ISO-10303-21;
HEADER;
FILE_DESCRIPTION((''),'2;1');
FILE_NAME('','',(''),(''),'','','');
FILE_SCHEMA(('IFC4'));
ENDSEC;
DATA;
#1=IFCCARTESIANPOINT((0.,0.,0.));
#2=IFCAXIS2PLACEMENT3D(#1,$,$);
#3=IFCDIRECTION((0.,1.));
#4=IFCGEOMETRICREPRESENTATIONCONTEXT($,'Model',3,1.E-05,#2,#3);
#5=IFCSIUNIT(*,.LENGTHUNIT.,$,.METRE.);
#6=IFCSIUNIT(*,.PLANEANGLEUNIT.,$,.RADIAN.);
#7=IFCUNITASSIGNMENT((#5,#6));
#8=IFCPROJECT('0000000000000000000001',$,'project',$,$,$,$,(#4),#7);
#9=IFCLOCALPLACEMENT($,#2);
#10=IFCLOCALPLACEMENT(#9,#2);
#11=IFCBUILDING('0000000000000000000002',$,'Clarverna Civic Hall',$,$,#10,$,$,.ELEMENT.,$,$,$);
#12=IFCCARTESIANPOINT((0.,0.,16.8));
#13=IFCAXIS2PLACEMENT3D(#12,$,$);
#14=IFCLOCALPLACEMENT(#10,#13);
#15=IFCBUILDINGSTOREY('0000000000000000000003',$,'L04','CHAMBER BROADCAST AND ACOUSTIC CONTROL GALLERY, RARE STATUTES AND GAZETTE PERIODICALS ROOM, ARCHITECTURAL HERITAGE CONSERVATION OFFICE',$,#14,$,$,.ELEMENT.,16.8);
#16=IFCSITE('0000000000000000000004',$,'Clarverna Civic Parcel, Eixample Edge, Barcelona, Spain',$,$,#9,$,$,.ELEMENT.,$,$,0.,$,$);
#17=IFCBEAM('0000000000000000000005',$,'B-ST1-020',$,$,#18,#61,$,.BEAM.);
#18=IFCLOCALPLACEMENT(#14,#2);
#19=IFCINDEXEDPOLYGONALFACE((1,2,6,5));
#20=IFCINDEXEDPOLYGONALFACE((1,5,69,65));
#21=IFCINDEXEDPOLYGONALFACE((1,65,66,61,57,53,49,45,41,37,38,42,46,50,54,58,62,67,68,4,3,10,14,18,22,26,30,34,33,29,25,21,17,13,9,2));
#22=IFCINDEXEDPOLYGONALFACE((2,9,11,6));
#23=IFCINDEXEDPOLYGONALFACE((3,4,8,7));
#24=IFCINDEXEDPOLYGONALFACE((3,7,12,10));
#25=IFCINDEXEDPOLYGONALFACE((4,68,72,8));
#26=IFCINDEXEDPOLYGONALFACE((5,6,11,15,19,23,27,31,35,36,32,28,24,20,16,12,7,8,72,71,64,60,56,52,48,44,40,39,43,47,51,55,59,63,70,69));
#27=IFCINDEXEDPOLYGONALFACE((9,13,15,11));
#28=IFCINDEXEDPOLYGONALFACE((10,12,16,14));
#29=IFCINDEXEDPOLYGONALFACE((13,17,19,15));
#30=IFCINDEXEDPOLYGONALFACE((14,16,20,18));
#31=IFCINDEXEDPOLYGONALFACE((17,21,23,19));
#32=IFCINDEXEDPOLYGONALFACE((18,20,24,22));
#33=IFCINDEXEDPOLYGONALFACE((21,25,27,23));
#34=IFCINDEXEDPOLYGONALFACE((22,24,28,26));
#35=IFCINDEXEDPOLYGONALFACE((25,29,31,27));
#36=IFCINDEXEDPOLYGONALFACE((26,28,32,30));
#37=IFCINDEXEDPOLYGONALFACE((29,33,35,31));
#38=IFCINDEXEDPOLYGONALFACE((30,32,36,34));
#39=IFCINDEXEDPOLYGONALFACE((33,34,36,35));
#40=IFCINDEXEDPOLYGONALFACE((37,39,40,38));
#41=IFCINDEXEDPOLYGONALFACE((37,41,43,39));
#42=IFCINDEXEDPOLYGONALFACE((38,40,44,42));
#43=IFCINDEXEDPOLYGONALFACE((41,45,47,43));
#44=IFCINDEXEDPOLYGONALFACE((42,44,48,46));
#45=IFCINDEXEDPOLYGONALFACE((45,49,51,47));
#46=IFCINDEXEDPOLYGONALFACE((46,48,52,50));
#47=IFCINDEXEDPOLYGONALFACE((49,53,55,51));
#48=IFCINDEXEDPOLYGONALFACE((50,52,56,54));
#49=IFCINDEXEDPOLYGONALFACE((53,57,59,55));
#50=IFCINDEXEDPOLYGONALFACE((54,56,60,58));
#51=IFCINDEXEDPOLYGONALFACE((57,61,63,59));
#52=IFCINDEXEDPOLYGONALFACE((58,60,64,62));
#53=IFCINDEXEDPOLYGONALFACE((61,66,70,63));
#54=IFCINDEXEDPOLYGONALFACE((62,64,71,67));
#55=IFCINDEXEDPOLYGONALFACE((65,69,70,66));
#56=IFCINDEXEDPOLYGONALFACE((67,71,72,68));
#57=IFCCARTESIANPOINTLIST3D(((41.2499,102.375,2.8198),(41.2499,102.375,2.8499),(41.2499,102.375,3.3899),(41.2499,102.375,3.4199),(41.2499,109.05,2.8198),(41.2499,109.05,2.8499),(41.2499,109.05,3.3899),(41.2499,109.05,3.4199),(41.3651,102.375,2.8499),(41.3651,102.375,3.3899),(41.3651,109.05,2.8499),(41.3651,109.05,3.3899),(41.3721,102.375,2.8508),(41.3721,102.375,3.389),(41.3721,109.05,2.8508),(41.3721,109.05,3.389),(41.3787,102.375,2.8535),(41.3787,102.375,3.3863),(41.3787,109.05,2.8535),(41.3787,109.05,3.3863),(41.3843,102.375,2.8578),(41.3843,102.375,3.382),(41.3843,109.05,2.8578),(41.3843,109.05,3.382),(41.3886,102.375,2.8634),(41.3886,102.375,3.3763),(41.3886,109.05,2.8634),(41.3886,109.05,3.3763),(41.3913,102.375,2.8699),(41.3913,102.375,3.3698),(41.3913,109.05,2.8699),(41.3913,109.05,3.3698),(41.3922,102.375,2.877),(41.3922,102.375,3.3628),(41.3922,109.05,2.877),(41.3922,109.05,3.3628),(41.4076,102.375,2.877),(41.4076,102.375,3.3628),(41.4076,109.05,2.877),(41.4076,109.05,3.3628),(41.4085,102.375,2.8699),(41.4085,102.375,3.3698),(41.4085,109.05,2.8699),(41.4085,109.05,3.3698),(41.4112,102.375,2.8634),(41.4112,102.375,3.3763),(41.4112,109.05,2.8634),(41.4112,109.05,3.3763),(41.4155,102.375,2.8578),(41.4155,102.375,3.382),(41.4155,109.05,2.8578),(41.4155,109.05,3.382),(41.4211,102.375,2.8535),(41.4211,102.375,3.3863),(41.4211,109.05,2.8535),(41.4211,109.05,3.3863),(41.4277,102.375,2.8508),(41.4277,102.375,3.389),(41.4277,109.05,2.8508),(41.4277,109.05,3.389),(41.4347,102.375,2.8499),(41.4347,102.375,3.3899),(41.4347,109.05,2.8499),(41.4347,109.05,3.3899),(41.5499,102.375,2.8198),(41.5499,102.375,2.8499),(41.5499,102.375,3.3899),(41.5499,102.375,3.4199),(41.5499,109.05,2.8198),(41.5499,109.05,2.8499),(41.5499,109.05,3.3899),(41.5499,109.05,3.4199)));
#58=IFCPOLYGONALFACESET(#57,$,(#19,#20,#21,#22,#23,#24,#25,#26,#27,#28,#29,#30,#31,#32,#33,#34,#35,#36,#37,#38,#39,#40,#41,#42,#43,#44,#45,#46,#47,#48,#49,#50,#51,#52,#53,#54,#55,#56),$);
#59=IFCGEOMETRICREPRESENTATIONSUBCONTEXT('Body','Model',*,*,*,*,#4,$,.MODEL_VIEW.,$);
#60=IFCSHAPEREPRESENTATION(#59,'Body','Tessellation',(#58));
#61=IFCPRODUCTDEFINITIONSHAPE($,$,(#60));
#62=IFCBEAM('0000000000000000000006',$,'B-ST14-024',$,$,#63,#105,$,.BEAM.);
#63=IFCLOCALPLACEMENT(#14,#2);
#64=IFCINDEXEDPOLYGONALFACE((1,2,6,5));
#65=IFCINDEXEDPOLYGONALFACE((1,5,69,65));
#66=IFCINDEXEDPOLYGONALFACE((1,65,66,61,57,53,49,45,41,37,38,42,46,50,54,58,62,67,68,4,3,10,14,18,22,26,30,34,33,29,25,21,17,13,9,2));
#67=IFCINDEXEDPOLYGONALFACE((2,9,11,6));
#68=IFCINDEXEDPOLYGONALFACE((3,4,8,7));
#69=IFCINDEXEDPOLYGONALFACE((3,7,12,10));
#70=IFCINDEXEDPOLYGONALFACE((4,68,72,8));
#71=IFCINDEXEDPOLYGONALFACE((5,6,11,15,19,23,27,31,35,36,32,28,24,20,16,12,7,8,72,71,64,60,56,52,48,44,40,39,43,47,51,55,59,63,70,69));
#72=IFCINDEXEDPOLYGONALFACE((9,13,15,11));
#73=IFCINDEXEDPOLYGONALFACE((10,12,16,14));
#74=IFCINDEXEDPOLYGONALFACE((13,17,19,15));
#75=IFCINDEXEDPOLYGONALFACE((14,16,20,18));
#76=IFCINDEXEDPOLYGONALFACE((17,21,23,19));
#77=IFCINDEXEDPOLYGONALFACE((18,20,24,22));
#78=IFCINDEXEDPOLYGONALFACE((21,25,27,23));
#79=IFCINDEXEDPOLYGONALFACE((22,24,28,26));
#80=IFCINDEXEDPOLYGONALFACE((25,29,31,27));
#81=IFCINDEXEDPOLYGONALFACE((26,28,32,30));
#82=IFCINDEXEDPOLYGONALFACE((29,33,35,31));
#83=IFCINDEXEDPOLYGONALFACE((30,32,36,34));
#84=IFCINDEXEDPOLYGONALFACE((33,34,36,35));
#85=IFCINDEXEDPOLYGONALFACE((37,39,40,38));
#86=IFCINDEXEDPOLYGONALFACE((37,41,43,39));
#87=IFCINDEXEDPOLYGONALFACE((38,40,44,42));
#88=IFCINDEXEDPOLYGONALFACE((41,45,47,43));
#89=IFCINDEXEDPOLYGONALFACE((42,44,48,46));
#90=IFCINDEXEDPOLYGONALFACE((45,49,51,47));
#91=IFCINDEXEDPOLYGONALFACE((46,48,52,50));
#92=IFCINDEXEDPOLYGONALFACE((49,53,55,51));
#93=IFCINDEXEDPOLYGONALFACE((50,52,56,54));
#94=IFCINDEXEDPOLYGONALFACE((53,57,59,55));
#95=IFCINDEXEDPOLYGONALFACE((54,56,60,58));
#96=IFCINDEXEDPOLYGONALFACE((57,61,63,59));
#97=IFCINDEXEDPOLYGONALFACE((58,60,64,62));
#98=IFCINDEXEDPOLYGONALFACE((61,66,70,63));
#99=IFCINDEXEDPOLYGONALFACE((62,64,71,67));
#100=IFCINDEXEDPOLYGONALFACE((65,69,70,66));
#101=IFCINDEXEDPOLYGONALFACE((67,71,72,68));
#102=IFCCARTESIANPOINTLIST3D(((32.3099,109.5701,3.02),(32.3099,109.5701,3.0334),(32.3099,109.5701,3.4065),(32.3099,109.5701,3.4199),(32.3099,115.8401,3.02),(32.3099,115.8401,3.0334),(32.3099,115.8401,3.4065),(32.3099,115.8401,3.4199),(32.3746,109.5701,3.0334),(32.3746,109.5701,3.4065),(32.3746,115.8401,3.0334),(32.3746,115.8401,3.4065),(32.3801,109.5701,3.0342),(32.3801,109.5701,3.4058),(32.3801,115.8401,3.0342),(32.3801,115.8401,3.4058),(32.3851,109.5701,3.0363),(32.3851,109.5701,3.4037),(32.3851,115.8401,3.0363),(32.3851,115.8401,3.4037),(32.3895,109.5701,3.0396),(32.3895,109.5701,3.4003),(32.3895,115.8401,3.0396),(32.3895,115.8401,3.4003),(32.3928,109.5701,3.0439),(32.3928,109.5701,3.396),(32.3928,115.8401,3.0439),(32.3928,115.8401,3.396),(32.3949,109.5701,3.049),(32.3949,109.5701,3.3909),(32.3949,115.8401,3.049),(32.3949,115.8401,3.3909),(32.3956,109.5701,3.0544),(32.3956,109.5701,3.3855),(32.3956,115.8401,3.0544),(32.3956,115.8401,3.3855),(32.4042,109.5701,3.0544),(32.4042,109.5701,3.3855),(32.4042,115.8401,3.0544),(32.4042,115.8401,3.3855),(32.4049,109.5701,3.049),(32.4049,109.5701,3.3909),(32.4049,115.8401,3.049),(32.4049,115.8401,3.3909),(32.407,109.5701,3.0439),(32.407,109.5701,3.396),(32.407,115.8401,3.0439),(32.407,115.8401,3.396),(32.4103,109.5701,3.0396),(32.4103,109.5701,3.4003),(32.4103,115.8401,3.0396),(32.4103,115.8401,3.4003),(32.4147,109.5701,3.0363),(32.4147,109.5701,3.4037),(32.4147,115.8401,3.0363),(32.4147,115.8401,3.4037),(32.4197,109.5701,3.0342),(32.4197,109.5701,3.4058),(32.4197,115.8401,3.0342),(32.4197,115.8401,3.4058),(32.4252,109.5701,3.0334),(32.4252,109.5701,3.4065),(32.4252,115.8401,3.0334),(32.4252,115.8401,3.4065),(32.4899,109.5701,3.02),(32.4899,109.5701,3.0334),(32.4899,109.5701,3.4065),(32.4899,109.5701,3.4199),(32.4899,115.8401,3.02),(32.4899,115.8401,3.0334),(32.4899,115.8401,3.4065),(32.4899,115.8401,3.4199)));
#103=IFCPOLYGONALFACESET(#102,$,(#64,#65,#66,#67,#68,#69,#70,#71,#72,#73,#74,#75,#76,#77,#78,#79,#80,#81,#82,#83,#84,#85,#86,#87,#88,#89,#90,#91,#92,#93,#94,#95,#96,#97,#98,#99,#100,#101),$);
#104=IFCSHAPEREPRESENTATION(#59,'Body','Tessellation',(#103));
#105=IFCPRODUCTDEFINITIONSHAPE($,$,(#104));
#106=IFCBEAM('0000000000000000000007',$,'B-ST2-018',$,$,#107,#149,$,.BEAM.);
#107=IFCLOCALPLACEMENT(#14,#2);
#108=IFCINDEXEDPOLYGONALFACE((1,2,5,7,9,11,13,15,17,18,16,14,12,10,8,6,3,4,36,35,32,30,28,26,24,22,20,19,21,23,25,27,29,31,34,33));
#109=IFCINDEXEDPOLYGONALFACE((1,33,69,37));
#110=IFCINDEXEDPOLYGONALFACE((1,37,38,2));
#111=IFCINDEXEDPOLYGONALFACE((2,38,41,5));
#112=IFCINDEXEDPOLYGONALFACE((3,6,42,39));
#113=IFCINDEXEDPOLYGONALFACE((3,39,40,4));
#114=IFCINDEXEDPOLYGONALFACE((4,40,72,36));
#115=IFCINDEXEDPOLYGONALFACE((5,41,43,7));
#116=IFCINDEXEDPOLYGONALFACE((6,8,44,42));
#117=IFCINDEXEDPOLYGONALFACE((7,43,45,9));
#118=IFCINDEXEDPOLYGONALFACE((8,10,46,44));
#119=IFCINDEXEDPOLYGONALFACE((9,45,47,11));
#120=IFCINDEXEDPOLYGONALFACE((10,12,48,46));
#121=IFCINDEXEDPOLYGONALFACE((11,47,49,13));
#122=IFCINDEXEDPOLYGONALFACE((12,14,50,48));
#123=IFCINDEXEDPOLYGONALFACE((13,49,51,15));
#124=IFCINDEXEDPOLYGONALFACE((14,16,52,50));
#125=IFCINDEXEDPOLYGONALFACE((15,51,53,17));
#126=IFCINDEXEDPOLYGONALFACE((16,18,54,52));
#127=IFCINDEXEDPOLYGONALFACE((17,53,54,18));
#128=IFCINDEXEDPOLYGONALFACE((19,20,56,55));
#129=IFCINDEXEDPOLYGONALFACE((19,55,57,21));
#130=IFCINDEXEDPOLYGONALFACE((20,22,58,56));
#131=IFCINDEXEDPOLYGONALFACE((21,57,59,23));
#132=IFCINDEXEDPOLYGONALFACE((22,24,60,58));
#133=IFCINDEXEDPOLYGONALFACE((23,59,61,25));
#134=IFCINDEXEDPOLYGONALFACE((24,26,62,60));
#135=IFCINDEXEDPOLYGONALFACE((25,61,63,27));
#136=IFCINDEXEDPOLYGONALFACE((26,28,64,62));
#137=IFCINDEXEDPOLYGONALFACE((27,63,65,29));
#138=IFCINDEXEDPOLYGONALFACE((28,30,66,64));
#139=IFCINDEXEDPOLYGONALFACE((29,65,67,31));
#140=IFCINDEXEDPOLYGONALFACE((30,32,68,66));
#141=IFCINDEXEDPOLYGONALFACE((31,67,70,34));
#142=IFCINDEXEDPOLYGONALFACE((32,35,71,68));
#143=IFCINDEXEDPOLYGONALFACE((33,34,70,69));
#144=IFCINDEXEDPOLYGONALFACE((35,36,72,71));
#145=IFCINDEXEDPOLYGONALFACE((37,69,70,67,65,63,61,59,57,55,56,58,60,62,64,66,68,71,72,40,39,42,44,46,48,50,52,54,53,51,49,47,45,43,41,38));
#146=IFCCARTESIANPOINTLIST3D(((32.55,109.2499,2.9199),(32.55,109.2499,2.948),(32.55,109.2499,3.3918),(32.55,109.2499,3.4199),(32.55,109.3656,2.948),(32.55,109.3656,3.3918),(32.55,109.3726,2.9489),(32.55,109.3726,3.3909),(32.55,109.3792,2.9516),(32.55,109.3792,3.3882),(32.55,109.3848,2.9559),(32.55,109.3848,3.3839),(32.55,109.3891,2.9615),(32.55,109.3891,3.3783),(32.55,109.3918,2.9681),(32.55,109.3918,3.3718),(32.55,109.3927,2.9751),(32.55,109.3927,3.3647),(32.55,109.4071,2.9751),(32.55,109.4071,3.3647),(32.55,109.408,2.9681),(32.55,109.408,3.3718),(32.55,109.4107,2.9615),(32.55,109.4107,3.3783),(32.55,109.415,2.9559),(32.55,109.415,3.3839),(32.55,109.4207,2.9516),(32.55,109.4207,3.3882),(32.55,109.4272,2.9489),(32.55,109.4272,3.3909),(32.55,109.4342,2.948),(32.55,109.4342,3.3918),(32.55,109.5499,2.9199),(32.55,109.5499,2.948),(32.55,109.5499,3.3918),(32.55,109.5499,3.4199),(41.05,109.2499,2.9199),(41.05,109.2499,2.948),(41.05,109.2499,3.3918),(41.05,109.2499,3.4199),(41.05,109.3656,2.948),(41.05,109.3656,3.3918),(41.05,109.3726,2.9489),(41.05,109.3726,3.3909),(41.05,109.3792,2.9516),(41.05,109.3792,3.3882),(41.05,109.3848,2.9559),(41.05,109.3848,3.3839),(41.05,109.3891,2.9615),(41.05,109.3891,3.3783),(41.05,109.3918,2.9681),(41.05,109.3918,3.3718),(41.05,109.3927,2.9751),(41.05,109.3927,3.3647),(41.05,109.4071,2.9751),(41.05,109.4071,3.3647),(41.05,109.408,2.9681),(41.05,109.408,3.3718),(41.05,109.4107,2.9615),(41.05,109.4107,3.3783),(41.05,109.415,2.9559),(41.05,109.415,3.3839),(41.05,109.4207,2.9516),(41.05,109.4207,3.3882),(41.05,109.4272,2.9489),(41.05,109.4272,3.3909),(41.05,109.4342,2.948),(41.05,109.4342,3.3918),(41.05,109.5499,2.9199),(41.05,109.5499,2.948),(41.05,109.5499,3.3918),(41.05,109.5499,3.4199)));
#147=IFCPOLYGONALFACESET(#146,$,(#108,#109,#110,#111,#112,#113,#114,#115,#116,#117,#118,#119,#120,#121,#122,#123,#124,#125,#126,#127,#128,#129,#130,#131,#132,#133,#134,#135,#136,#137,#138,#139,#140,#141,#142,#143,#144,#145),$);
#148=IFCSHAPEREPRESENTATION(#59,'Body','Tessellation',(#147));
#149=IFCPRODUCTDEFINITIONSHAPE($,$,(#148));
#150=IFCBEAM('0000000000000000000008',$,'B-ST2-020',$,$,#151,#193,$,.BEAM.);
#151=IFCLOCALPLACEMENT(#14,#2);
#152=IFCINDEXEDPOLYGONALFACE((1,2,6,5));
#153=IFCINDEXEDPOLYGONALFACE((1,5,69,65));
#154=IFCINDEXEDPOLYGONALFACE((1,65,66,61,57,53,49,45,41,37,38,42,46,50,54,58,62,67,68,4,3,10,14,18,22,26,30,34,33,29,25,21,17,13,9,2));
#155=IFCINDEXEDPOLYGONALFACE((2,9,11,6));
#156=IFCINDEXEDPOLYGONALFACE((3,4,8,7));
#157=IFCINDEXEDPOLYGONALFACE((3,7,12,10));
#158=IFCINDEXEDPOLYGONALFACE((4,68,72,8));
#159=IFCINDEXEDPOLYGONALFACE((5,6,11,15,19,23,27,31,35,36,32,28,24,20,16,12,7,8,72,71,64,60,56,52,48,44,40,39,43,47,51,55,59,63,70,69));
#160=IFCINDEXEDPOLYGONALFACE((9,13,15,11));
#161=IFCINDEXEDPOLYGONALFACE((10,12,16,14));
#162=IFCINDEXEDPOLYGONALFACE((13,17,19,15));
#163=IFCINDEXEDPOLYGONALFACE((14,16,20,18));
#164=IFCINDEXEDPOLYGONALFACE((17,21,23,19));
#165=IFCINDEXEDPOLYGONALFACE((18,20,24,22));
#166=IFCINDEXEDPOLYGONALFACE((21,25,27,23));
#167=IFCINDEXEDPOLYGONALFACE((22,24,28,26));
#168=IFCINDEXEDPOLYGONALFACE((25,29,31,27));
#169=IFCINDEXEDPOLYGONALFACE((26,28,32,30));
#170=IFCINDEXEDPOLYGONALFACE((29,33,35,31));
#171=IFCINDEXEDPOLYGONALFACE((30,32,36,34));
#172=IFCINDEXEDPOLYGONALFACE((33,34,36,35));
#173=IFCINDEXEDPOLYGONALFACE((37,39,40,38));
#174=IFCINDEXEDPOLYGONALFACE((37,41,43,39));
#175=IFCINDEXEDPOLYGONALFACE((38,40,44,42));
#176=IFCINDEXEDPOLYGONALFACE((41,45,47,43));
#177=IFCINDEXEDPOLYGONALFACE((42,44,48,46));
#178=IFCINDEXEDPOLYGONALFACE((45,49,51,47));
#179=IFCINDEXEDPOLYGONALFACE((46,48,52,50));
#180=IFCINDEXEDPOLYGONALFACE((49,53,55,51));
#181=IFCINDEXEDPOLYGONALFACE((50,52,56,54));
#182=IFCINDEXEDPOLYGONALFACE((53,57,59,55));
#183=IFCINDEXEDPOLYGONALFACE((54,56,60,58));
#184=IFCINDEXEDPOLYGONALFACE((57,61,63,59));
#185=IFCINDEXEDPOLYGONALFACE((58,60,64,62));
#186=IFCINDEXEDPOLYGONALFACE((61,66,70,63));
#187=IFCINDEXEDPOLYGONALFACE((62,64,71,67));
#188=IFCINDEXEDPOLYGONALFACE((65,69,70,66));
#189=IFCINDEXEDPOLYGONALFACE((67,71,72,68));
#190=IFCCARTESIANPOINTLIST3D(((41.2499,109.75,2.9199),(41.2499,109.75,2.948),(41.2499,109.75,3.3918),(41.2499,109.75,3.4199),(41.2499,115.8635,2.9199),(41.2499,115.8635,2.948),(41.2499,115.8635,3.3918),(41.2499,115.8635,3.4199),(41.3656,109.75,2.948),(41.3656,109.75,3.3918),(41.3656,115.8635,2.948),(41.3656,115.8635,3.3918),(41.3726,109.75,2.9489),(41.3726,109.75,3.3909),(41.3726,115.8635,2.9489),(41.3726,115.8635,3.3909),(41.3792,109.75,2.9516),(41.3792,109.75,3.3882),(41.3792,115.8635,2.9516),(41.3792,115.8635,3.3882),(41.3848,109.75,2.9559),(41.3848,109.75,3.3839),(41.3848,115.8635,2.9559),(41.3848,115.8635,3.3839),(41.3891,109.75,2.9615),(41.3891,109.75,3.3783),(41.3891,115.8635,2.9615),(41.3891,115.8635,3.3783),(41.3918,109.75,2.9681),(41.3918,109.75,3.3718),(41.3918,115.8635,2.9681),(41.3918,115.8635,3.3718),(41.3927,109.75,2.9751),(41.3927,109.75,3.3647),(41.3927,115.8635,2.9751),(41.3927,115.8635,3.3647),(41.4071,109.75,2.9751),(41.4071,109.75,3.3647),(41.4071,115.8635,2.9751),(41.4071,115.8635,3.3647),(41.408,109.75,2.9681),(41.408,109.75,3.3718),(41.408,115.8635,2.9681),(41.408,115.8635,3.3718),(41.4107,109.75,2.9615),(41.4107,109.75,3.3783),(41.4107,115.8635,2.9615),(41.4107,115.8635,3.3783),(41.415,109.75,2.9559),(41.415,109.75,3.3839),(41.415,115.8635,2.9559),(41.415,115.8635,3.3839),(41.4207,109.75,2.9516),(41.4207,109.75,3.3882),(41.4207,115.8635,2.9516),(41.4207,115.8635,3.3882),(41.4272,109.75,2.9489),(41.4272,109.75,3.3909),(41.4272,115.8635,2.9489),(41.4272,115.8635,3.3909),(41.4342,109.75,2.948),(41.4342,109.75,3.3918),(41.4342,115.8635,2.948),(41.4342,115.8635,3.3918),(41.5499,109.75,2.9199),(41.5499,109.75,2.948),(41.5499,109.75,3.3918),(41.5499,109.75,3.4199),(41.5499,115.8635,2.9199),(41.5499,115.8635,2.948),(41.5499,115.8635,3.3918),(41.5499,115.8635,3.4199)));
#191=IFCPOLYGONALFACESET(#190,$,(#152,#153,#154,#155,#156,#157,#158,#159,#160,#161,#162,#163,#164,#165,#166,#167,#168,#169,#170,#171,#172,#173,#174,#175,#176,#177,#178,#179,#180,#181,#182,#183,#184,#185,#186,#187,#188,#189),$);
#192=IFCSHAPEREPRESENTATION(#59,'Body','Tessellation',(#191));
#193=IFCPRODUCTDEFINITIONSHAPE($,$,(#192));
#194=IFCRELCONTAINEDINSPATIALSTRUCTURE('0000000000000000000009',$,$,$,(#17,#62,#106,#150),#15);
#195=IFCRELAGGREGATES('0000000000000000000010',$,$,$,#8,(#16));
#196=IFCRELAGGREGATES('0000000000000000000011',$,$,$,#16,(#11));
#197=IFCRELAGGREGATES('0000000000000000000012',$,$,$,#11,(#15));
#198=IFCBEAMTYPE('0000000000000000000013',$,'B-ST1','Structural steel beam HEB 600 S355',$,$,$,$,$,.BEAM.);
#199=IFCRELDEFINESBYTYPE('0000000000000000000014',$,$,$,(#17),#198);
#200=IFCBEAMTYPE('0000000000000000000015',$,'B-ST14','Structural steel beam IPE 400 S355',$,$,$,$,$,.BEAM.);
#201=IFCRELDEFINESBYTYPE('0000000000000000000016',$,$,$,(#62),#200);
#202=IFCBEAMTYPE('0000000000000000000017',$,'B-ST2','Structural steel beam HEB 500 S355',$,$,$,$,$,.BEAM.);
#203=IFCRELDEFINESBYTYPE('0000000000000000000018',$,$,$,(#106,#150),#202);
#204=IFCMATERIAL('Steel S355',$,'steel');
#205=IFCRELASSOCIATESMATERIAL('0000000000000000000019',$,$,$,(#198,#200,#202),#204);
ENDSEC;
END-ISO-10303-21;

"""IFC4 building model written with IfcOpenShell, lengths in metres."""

from ifc_helpers import new_model, si_unit, direction, frame, origin, origin_2d, place, context, subcontext, project, spatial, i_section, extrude, material, material_profile, profile_set, type_object, element, save


model = new_model("IFC4")

# Units and contexts
model_context = context("Model", 3, precision=1e-05, world=origin(), true_north=direction((0.0, 1.0)))
body_context = subcontext(model_context, "Body", "Model", "MODEL_VIEW")
ifc_project = project(units=[si_unit("LENGTHUNIT", "METRE"), si_unit("PLANEANGLEUNIT", "RADIAN")], contexts=[model_context])

# Site, building, storey
site_placement = place(None, origin())
site = spatial("IfcSite", under=ifc_project, at=site_placement, Name="Clarverna Civic Parcel, Eixample Edge, Barcelona, Spain", CompositionType="ELEMENT", RefElevation=0.0)
building_placement = place(site_placement, origin())
building = spatial("IfcBuilding", under=site, at=building_placement, Name="Clarverna Civic Hall", CompositionType="ELEMENT")
storey_placement = place(building_placement, frame((0.0, 0.0, 16.8)))
storey = spatial("IfcBuildingStorey", under=building, at=storey_placement, Name="L04", Description="CHAMBER BROADCAST AND ACOUSTIC CONTROL GALLERY, RARE STATUTES AND GAZETTE PERIODICALS ROOM, ARCHITECTURAL HERITAGE CONSERVATION OFFICE", CompositionType="ELEMENT", Elevation=16.8)

# Shared definitions
ifc_material_1 = material(Name="Steel S355", Category="steel")

# Beams
ifc_material_profile_1 = material_profile(ifc_material_1, i_section(OverallWidth=0.3, OverallDepth=0.6001, WebThickness=0.0154, FlangeThickness=0.03, FilletRadius=0.0271, at=origin_2d()), Name="HEB 600")
ifc_profile_set_1 = profile_set([ifc_material_profile_1], Name="Steel S355")
beam_type_1 = type_object("IfcBeamType", Name="B-ST1", Description="Structural steel beam HEB 600 S355", PredefinedType="BEAM", material=ifc_profile_set_1)
beam_1_placement = place(storey_placement, frame((41.3999, 102.375, 3.1199), z_axis=(0.0, 1.0, 0.0), x_axis=(-1.0, 0.0, 0.0)))
element("IfcBeam", 1, at=beam_1_placement, inside=storey, type_object=beam_type_1, Name="B-ST1-020", PredefinedType="BEAM", context=body_context, shape_type="SweptSolid", body=[
    extrude(i_section(OverallWidth=0.3, OverallDepth=0.6001, WebThickness=0.0154, FlangeThickness=0.03, FilletRadius=0.0271, at=origin_2d()), origin(), (0.0, 0.0, 1.0), 6.675),
])
ifc_material_profile_2 = material_profile(ifc_material_1, i_section(OverallWidth=0.1799, OverallDepth=0.3999, WebThickness=0.0085, FlangeThickness=0.0134, FilletRadius=0.021, at=origin_2d()), Name="IPE 400")
ifc_profile_set_2 = profile_set([ifc_material_profile_2], Name="Steel S355")
beam_type_2 = type_object("IfcBeamType", Name="B-ST14", Description="Structural steel beam IPE 400 S355", PredefinedType="BEAM", material=ifc_profile_set_2)
beam_2_placement = place(storey_placement, frame((32.3999, 109.5701, 3.22), z_axis=(0.0, 1.0, 0.0), x_axis=(-1.0, 0.0, 0.0)))
element("IfcBeam", 2, at=beam_2_placement, inside=storey, type_object=beam_type_2, Name="B-ST14-024", PredefinedType="BEAM", context=body_context, shape_type="SweptSolid", body=[
    extrude(i_section(OverallWidth=0.1799, OverallDepth=0.3999, WebThickness=0.0085, FlangeThickness=0.0134, FilletRadius=0.021, at=origin_2d()), origin(), (0.0, 0.0, 1.0), 6.27),
])
ifc_material_profile_3 = material_profile(ifc_material_1, i_section(OverallWidth=0.3, OverallDepth=0.5, WebThickness=0.0144, FlangeThickness=0.0281, FilletRadius=0.0271, at=origin_2d()), Name="HEB 500")
ifc_profile_set_3 = profile_set([ifc_material_profile_3], Name="Steel S355")
beam_type_3 = type_object("IfcBeamType", Name="B-ST2", Description="Structural steel beam HEB 500 S355", PredefinedType="BEAM", material=ifc_profile_set_3)
beam_3_placement = place(storey_placement, frame((32.55, 109.3999, 3.1699), z_axis=(1.0, 0.0, 0.0), x_axis=(0.0, 1.0, 0.0)))
element("IfcBeam", 3, at=beam_3_placement, inside=storey, type_object=beam_type_3, Name="B-ST2-018", PredefinedType="BEAM", context=body_context, shape_type="SweptSolid", body=[
    extrude(i_section(OverallWidth=0.3, OverallDepth=0.5, WebThickness=0.0144, FlangeThickness=0.0281, FilletRadius=0.0271, at=origin_2d()), origin(), (0.0, 0.0, 1.0), 8.5),
])
beam_4_placement = place(storey_placement, frame((41.3999, 109.75, 3.1699), z_axis=(0.0, 1.0, 0.0), x_axis=(-1.0, 0.0, 0.0)))
element("IfcBeam", 4, at=beam_4_placement, inside=storey, type_object=beam_type_3, Name="B-ST2-020", PredefinedType="BEAM", context=body_context, shape_type="SweptSolid", body=[
    extrude(i_section(OverallWidth=0.3, OverallDepth=0.5, WebThickness=0.0144, FlangeThickness=0.0281, FilletRadius=0.0271, at=origin_2d()), origin(), (0.0, 0.0, 1.0), 6.1135),
])

save(model, "model.ifc")
